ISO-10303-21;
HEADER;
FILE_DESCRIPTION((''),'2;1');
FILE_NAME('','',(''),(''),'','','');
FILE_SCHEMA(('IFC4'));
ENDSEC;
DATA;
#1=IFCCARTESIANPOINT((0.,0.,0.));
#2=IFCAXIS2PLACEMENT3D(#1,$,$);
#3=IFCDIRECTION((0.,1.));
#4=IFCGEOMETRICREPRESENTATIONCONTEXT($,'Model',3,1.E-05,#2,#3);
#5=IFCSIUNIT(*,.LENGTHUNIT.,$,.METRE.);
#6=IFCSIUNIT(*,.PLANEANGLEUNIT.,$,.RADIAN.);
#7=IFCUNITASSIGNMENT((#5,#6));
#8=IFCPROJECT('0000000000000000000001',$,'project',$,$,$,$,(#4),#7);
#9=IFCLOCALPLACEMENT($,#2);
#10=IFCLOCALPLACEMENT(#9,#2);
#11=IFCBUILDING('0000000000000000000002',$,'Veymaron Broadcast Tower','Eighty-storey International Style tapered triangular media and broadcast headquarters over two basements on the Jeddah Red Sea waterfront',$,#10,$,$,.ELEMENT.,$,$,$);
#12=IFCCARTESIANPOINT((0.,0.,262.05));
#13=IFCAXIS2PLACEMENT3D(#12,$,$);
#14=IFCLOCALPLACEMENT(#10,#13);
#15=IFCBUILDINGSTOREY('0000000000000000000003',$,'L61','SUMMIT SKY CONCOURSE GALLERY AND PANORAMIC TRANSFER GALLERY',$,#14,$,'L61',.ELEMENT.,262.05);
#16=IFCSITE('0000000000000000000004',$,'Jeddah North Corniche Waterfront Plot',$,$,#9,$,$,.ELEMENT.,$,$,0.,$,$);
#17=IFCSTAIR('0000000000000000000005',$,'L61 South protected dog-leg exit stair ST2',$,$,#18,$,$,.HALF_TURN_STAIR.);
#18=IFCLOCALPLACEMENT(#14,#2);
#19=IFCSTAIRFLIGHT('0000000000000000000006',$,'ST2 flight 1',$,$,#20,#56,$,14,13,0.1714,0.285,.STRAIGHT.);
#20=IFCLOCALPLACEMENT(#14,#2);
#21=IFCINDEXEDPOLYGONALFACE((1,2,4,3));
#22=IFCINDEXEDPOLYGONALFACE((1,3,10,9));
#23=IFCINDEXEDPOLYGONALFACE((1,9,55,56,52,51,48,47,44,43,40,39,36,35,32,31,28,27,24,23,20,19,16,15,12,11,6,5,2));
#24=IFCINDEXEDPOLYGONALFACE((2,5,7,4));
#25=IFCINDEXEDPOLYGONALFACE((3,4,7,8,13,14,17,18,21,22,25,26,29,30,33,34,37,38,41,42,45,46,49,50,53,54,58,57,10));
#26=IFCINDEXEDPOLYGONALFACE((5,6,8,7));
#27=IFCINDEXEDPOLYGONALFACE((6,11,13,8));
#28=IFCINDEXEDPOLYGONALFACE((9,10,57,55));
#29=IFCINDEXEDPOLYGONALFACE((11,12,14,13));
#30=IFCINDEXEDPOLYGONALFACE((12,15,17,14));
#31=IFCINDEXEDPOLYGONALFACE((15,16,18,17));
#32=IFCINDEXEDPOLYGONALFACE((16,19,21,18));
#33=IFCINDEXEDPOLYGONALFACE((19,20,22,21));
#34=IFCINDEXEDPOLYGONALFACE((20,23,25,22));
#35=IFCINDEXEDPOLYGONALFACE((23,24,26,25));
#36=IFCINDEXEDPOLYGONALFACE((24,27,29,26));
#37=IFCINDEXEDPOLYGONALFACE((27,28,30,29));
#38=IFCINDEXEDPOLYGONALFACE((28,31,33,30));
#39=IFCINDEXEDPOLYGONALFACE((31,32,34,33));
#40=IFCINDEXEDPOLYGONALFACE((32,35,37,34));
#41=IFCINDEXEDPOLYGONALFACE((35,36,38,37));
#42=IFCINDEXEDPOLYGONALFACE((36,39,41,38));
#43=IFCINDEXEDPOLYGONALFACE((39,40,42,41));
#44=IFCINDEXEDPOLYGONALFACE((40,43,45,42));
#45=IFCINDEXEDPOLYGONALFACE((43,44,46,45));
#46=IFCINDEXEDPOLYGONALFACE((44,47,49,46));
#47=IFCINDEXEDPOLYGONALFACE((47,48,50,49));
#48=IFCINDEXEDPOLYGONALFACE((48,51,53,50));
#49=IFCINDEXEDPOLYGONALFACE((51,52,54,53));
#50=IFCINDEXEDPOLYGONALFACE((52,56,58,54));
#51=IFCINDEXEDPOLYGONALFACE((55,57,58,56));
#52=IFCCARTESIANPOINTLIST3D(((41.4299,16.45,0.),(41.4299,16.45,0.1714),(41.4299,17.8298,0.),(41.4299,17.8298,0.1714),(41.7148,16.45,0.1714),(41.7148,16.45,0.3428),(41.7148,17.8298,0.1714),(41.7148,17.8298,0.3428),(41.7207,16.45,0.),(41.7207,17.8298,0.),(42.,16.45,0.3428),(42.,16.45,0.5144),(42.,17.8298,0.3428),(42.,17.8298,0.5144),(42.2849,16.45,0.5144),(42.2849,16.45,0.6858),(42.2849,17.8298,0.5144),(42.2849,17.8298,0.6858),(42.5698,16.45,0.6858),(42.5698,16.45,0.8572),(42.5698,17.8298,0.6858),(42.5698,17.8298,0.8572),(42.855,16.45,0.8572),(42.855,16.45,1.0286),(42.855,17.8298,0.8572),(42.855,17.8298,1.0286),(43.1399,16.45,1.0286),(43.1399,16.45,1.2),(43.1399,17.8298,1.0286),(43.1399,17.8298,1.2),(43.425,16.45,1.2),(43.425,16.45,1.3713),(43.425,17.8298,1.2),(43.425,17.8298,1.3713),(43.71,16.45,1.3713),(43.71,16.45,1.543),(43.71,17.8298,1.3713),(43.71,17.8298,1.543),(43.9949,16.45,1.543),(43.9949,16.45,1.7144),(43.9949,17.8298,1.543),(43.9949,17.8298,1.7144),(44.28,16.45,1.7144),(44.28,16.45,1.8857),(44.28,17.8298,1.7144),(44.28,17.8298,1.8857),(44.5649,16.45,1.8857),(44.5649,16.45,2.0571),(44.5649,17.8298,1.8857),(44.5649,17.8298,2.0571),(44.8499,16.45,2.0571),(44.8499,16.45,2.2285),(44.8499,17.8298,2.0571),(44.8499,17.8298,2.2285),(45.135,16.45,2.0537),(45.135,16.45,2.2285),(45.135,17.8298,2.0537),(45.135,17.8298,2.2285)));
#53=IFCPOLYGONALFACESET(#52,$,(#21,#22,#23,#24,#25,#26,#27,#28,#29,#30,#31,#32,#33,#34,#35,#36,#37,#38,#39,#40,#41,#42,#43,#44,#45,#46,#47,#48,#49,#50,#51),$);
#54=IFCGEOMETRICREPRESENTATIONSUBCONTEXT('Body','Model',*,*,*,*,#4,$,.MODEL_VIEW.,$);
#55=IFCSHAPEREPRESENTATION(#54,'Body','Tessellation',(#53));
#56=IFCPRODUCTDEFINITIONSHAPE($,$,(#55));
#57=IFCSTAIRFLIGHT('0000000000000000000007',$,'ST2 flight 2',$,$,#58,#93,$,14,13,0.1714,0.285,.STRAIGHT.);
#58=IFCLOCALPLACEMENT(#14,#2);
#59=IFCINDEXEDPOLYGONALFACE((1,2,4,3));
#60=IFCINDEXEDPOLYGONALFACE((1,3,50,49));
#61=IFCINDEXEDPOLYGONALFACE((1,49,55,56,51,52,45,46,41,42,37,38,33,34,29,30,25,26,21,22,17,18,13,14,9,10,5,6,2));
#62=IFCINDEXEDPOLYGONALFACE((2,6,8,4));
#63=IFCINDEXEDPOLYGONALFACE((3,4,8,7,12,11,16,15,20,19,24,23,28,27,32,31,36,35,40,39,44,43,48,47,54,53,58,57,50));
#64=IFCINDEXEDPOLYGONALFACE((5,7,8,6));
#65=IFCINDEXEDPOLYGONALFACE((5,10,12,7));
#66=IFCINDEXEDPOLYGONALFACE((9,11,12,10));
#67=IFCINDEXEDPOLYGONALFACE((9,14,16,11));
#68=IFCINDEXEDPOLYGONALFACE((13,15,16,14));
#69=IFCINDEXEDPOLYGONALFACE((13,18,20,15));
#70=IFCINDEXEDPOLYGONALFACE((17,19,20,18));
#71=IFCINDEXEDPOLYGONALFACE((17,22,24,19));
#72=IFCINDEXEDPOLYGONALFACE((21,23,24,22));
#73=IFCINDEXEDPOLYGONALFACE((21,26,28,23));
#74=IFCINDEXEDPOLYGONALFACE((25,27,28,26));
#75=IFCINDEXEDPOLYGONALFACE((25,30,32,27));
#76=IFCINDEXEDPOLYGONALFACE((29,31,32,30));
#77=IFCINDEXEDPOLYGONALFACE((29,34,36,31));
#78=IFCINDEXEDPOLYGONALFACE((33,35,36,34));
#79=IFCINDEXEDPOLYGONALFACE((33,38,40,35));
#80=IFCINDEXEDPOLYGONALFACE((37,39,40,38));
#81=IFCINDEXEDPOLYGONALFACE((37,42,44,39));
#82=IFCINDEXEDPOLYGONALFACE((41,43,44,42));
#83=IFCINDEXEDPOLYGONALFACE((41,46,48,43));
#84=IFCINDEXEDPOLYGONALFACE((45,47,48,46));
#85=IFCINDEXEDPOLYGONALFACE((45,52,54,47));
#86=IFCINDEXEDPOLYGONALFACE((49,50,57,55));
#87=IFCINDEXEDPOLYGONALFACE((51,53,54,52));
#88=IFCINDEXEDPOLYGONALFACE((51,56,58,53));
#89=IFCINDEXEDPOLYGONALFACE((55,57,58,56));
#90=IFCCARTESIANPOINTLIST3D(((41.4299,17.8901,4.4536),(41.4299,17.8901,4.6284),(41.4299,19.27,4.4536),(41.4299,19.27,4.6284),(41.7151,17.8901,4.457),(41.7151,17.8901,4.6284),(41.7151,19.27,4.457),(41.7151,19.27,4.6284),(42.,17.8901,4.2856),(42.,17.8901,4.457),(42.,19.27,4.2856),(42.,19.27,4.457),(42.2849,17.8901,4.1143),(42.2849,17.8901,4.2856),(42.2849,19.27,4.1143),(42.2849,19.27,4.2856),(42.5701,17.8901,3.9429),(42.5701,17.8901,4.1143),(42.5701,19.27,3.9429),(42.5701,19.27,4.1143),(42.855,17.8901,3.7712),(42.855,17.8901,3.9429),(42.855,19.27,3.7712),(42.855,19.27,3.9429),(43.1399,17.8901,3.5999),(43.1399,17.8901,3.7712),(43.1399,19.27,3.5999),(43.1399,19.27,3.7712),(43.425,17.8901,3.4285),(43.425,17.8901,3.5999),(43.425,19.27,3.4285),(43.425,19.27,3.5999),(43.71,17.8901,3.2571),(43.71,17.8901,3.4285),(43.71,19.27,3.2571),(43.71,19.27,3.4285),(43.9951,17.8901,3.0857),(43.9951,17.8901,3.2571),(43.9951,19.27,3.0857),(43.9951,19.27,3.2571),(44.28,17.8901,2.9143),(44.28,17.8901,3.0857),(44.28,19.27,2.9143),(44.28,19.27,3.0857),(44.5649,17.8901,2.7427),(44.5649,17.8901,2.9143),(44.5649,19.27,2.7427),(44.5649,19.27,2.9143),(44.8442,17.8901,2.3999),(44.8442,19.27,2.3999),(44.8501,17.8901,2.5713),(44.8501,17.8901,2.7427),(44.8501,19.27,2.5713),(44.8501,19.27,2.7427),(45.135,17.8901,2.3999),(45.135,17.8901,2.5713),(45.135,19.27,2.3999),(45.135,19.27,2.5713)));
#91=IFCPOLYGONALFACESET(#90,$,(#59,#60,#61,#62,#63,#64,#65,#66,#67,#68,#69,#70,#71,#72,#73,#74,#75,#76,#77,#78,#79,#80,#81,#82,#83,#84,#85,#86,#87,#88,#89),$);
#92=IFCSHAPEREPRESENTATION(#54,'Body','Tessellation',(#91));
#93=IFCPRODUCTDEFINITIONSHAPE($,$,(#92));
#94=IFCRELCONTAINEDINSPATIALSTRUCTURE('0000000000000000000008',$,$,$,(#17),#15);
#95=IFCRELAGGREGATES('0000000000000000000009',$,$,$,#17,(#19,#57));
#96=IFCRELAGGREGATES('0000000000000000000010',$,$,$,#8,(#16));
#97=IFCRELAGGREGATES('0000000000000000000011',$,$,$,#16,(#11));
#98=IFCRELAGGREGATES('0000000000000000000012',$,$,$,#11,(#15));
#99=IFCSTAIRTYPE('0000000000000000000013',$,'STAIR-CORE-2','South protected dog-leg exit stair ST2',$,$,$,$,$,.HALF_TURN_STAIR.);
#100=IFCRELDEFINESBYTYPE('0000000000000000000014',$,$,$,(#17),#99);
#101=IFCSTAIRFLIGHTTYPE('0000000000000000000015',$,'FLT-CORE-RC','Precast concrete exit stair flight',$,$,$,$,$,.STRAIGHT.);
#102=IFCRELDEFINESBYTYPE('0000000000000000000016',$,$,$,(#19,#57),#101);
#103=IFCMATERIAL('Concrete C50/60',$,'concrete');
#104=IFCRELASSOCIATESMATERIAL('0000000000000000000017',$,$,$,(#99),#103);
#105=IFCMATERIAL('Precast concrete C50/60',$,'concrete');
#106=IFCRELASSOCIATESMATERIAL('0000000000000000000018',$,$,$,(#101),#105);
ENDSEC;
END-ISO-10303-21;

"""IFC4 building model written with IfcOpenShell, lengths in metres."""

from ifc_helpers import new_model, si_unit, direction, frame, origin, place, context, subcontext, project, spatial, polyline, outline, extrude, material, type_object, element, aggregate, save


model = new_model("IFC4")

# Units and contexts
model_context = context("Model", 3, precision=1e-05, world=origin(), true_north=direction((0.0, 1.0)))
body_context = subcontext(model_context, "Body", "Model", "MODEL_VIEW")
ifc_project = project(units=[si_unit("LENGTHUNIT", "METRE"), si_unit("PLANEANGLEUNIT", "RADIAN")], contexts=[model_context])

# Site, building, storey
site_placement = place(None, origin())
site = spatial("IfcSite", under=ifc_project, at=site_placement, Name="Jeddah North Corniche Waterfront Plot", CompositionType="ELEMENT", RefElevation=0.0)
building_placement = place(site_placement, origin())
building = spatial("IfcBuilding", under=site, at=building_placement, Name="Veymaron Broadcast Tower", Description="Eighty-storey International Style tapered triangular media and broadcast headquarters over two basements on the Jeddah Red Sea waterfront", CompositionType="ELEMENT")
storey_placement = place(building_placement, frame((0.0, 0.0, 262.05)))
storey = spatial("IfcBuildingStorey", under=building, at=storey_placement, Name="L61", Description="SUMMIT SKY CONCOURSE GALLERY AND PANORAMIC TRANSFER GALLERY", LongName="L61", CompositionType="ELEMENT", Elevation=262.05)

# Shared definitions
ifc_material_1 = material(Name="Concrete C50/60", Category="concrete")

# Stair, stair flights
stair_type = type_object("IfcStairType", Name="STAIR-CORE-2", Description="South protected dog-leg exit stair ST2", PredefinedType="HALF_TURN_STAIR", material=ifc_material_1)
stair_placement = place(storey_placement, origin())
stair = element("IfcStair", 1, at=stair_placement, inside=storey, type_object=stair_type, Name="L61 South protected dog-leg exit stair ST2", PredefinedType="HALF_TURN_STAIR")
ifc_material_2 = material(Name="Precast concrete C50/60", Category="concrete")
stair_flight_type = type_object("IfcStairFlightType", Name="FLT-CORE-RC", Description="Precast concrete exit stair flight", PredefinedType="STRAIGHT", material=ifc_material_2)
stair_flight_1_placement = place(storey_placement, frame((41.4299, 17.1399, 0.0), z_axis=(0.0, 0.0, 1.0), x_axis=(1.0, 0.0, 0.0)))
stair_flight_1 = element("IfcStairFlight", 2, at=stair_flight_1_placement, type_object=stair_flight_type, Name="ST2 flight 1", NumberOfRisers=14, NumberOfTreads=13, PredefinedType="STRAIGHT", RiserHeight=0.1714, TreadLength=0.285, context=body_context, shape_type="SweptSolid", body=[
    extrude(outline(polyline([(0.0, 0.0), (0.0, 0.1714), (0.2849, 0.1714), (0.2849, 0.3428), (0.5701, 0.3428), (0.5701, 0.5144), (0.855, 0.5144), (0.855, 0.6858), (1.1399, 0.6858), (1.1399, 0.8572), (1.425, 0.8572), (1.425, 1.0286), (1.71, 1.0286), (1.71, 1.2), (1.9951, 1.2), (1.9951, 1.3713), (2.28, 1.3713), (2.28, 1.543), (2.5649, 1.543), (2.5649, 1.7144), (2.8501, 1.7144), (2.8501, 1.8857), (3.135, 1.8857), (3.135, 2.0571), (3.4199, 2.0571), (3.4199, 2.2285), (3.7051, 2.2285), (3.7051, 2.3999), (3.7051, 2.0537), (0.2908, 0.0), (0.0, 0.0)])), frame((0.0, 0.6899, 0.0), z_axis=(0.0, -1.0, 0.0), x_axis=(1.0, 0.0, 0.0)), (0.0, 0.0, 1.0), 1.3799),
])
stair_flight_2_placement = place(storey_placement, frame((45.135, 18.5801, 2.3999), z_axis=(0.0, 0.0, 1.0), x_axis=(-1.0, 0.0, 0.0)))
stair_flight_2 = element("IfcStairFlight", 3, at=stair_flight_2_placement, type_object=stair_flight_type, Name="ST2 flight 2", NumberOfRisers=14, NumberOfTreads=13, PredefinedType="STRAIGHT", RiserHeight=0.1714, TreadLength=0.285, context=body_context, shape_type="SweptSolid", body=[
    extrude(outline(polyline([(0.0, 0.0), (0.0, 0.1714), (0.2849, 0.1714), (0.2849, 0.3428), (0.5701, 0.3428), (0.5701, 0.5144), (0.855, 0.5144), (0.855, 0.6858), (1.1399, 0.6858), (1.1399, 0.8572), (1.425, 0.8572), (1.425, 1.0286), (1.71, 1.0286), (1.71, 1.2), (1.9951, 1.2), (1.9951, 1.3713), (2.28, 1.3713), (2.28, 1.543), (2.5649, 1.543), (2.5649, 1.7144), (2.8501, 1.7144), (2.8501, 1.8857), (3.135, 1.8857), (3.135, 2.0571), (3.4199, 2.0571), (3.4199, 2.2285), (3.7051, 2.2285), (3.7051, 2.3999), (3.7051, 2.0537), (0.2908, 0.0), (0.0, 0.0)])), frame((0.0, 0.6899, 0.0), z_axis=(0.0, -1.0, 0.0), x_axis=(1.0, 0.0, 0.0)), (0.0, 0.0, 1.0), 1.3799),
])
aggregate(stair, [stair_flight_1, stair_flight_2])

save(model, "model.ifc")
